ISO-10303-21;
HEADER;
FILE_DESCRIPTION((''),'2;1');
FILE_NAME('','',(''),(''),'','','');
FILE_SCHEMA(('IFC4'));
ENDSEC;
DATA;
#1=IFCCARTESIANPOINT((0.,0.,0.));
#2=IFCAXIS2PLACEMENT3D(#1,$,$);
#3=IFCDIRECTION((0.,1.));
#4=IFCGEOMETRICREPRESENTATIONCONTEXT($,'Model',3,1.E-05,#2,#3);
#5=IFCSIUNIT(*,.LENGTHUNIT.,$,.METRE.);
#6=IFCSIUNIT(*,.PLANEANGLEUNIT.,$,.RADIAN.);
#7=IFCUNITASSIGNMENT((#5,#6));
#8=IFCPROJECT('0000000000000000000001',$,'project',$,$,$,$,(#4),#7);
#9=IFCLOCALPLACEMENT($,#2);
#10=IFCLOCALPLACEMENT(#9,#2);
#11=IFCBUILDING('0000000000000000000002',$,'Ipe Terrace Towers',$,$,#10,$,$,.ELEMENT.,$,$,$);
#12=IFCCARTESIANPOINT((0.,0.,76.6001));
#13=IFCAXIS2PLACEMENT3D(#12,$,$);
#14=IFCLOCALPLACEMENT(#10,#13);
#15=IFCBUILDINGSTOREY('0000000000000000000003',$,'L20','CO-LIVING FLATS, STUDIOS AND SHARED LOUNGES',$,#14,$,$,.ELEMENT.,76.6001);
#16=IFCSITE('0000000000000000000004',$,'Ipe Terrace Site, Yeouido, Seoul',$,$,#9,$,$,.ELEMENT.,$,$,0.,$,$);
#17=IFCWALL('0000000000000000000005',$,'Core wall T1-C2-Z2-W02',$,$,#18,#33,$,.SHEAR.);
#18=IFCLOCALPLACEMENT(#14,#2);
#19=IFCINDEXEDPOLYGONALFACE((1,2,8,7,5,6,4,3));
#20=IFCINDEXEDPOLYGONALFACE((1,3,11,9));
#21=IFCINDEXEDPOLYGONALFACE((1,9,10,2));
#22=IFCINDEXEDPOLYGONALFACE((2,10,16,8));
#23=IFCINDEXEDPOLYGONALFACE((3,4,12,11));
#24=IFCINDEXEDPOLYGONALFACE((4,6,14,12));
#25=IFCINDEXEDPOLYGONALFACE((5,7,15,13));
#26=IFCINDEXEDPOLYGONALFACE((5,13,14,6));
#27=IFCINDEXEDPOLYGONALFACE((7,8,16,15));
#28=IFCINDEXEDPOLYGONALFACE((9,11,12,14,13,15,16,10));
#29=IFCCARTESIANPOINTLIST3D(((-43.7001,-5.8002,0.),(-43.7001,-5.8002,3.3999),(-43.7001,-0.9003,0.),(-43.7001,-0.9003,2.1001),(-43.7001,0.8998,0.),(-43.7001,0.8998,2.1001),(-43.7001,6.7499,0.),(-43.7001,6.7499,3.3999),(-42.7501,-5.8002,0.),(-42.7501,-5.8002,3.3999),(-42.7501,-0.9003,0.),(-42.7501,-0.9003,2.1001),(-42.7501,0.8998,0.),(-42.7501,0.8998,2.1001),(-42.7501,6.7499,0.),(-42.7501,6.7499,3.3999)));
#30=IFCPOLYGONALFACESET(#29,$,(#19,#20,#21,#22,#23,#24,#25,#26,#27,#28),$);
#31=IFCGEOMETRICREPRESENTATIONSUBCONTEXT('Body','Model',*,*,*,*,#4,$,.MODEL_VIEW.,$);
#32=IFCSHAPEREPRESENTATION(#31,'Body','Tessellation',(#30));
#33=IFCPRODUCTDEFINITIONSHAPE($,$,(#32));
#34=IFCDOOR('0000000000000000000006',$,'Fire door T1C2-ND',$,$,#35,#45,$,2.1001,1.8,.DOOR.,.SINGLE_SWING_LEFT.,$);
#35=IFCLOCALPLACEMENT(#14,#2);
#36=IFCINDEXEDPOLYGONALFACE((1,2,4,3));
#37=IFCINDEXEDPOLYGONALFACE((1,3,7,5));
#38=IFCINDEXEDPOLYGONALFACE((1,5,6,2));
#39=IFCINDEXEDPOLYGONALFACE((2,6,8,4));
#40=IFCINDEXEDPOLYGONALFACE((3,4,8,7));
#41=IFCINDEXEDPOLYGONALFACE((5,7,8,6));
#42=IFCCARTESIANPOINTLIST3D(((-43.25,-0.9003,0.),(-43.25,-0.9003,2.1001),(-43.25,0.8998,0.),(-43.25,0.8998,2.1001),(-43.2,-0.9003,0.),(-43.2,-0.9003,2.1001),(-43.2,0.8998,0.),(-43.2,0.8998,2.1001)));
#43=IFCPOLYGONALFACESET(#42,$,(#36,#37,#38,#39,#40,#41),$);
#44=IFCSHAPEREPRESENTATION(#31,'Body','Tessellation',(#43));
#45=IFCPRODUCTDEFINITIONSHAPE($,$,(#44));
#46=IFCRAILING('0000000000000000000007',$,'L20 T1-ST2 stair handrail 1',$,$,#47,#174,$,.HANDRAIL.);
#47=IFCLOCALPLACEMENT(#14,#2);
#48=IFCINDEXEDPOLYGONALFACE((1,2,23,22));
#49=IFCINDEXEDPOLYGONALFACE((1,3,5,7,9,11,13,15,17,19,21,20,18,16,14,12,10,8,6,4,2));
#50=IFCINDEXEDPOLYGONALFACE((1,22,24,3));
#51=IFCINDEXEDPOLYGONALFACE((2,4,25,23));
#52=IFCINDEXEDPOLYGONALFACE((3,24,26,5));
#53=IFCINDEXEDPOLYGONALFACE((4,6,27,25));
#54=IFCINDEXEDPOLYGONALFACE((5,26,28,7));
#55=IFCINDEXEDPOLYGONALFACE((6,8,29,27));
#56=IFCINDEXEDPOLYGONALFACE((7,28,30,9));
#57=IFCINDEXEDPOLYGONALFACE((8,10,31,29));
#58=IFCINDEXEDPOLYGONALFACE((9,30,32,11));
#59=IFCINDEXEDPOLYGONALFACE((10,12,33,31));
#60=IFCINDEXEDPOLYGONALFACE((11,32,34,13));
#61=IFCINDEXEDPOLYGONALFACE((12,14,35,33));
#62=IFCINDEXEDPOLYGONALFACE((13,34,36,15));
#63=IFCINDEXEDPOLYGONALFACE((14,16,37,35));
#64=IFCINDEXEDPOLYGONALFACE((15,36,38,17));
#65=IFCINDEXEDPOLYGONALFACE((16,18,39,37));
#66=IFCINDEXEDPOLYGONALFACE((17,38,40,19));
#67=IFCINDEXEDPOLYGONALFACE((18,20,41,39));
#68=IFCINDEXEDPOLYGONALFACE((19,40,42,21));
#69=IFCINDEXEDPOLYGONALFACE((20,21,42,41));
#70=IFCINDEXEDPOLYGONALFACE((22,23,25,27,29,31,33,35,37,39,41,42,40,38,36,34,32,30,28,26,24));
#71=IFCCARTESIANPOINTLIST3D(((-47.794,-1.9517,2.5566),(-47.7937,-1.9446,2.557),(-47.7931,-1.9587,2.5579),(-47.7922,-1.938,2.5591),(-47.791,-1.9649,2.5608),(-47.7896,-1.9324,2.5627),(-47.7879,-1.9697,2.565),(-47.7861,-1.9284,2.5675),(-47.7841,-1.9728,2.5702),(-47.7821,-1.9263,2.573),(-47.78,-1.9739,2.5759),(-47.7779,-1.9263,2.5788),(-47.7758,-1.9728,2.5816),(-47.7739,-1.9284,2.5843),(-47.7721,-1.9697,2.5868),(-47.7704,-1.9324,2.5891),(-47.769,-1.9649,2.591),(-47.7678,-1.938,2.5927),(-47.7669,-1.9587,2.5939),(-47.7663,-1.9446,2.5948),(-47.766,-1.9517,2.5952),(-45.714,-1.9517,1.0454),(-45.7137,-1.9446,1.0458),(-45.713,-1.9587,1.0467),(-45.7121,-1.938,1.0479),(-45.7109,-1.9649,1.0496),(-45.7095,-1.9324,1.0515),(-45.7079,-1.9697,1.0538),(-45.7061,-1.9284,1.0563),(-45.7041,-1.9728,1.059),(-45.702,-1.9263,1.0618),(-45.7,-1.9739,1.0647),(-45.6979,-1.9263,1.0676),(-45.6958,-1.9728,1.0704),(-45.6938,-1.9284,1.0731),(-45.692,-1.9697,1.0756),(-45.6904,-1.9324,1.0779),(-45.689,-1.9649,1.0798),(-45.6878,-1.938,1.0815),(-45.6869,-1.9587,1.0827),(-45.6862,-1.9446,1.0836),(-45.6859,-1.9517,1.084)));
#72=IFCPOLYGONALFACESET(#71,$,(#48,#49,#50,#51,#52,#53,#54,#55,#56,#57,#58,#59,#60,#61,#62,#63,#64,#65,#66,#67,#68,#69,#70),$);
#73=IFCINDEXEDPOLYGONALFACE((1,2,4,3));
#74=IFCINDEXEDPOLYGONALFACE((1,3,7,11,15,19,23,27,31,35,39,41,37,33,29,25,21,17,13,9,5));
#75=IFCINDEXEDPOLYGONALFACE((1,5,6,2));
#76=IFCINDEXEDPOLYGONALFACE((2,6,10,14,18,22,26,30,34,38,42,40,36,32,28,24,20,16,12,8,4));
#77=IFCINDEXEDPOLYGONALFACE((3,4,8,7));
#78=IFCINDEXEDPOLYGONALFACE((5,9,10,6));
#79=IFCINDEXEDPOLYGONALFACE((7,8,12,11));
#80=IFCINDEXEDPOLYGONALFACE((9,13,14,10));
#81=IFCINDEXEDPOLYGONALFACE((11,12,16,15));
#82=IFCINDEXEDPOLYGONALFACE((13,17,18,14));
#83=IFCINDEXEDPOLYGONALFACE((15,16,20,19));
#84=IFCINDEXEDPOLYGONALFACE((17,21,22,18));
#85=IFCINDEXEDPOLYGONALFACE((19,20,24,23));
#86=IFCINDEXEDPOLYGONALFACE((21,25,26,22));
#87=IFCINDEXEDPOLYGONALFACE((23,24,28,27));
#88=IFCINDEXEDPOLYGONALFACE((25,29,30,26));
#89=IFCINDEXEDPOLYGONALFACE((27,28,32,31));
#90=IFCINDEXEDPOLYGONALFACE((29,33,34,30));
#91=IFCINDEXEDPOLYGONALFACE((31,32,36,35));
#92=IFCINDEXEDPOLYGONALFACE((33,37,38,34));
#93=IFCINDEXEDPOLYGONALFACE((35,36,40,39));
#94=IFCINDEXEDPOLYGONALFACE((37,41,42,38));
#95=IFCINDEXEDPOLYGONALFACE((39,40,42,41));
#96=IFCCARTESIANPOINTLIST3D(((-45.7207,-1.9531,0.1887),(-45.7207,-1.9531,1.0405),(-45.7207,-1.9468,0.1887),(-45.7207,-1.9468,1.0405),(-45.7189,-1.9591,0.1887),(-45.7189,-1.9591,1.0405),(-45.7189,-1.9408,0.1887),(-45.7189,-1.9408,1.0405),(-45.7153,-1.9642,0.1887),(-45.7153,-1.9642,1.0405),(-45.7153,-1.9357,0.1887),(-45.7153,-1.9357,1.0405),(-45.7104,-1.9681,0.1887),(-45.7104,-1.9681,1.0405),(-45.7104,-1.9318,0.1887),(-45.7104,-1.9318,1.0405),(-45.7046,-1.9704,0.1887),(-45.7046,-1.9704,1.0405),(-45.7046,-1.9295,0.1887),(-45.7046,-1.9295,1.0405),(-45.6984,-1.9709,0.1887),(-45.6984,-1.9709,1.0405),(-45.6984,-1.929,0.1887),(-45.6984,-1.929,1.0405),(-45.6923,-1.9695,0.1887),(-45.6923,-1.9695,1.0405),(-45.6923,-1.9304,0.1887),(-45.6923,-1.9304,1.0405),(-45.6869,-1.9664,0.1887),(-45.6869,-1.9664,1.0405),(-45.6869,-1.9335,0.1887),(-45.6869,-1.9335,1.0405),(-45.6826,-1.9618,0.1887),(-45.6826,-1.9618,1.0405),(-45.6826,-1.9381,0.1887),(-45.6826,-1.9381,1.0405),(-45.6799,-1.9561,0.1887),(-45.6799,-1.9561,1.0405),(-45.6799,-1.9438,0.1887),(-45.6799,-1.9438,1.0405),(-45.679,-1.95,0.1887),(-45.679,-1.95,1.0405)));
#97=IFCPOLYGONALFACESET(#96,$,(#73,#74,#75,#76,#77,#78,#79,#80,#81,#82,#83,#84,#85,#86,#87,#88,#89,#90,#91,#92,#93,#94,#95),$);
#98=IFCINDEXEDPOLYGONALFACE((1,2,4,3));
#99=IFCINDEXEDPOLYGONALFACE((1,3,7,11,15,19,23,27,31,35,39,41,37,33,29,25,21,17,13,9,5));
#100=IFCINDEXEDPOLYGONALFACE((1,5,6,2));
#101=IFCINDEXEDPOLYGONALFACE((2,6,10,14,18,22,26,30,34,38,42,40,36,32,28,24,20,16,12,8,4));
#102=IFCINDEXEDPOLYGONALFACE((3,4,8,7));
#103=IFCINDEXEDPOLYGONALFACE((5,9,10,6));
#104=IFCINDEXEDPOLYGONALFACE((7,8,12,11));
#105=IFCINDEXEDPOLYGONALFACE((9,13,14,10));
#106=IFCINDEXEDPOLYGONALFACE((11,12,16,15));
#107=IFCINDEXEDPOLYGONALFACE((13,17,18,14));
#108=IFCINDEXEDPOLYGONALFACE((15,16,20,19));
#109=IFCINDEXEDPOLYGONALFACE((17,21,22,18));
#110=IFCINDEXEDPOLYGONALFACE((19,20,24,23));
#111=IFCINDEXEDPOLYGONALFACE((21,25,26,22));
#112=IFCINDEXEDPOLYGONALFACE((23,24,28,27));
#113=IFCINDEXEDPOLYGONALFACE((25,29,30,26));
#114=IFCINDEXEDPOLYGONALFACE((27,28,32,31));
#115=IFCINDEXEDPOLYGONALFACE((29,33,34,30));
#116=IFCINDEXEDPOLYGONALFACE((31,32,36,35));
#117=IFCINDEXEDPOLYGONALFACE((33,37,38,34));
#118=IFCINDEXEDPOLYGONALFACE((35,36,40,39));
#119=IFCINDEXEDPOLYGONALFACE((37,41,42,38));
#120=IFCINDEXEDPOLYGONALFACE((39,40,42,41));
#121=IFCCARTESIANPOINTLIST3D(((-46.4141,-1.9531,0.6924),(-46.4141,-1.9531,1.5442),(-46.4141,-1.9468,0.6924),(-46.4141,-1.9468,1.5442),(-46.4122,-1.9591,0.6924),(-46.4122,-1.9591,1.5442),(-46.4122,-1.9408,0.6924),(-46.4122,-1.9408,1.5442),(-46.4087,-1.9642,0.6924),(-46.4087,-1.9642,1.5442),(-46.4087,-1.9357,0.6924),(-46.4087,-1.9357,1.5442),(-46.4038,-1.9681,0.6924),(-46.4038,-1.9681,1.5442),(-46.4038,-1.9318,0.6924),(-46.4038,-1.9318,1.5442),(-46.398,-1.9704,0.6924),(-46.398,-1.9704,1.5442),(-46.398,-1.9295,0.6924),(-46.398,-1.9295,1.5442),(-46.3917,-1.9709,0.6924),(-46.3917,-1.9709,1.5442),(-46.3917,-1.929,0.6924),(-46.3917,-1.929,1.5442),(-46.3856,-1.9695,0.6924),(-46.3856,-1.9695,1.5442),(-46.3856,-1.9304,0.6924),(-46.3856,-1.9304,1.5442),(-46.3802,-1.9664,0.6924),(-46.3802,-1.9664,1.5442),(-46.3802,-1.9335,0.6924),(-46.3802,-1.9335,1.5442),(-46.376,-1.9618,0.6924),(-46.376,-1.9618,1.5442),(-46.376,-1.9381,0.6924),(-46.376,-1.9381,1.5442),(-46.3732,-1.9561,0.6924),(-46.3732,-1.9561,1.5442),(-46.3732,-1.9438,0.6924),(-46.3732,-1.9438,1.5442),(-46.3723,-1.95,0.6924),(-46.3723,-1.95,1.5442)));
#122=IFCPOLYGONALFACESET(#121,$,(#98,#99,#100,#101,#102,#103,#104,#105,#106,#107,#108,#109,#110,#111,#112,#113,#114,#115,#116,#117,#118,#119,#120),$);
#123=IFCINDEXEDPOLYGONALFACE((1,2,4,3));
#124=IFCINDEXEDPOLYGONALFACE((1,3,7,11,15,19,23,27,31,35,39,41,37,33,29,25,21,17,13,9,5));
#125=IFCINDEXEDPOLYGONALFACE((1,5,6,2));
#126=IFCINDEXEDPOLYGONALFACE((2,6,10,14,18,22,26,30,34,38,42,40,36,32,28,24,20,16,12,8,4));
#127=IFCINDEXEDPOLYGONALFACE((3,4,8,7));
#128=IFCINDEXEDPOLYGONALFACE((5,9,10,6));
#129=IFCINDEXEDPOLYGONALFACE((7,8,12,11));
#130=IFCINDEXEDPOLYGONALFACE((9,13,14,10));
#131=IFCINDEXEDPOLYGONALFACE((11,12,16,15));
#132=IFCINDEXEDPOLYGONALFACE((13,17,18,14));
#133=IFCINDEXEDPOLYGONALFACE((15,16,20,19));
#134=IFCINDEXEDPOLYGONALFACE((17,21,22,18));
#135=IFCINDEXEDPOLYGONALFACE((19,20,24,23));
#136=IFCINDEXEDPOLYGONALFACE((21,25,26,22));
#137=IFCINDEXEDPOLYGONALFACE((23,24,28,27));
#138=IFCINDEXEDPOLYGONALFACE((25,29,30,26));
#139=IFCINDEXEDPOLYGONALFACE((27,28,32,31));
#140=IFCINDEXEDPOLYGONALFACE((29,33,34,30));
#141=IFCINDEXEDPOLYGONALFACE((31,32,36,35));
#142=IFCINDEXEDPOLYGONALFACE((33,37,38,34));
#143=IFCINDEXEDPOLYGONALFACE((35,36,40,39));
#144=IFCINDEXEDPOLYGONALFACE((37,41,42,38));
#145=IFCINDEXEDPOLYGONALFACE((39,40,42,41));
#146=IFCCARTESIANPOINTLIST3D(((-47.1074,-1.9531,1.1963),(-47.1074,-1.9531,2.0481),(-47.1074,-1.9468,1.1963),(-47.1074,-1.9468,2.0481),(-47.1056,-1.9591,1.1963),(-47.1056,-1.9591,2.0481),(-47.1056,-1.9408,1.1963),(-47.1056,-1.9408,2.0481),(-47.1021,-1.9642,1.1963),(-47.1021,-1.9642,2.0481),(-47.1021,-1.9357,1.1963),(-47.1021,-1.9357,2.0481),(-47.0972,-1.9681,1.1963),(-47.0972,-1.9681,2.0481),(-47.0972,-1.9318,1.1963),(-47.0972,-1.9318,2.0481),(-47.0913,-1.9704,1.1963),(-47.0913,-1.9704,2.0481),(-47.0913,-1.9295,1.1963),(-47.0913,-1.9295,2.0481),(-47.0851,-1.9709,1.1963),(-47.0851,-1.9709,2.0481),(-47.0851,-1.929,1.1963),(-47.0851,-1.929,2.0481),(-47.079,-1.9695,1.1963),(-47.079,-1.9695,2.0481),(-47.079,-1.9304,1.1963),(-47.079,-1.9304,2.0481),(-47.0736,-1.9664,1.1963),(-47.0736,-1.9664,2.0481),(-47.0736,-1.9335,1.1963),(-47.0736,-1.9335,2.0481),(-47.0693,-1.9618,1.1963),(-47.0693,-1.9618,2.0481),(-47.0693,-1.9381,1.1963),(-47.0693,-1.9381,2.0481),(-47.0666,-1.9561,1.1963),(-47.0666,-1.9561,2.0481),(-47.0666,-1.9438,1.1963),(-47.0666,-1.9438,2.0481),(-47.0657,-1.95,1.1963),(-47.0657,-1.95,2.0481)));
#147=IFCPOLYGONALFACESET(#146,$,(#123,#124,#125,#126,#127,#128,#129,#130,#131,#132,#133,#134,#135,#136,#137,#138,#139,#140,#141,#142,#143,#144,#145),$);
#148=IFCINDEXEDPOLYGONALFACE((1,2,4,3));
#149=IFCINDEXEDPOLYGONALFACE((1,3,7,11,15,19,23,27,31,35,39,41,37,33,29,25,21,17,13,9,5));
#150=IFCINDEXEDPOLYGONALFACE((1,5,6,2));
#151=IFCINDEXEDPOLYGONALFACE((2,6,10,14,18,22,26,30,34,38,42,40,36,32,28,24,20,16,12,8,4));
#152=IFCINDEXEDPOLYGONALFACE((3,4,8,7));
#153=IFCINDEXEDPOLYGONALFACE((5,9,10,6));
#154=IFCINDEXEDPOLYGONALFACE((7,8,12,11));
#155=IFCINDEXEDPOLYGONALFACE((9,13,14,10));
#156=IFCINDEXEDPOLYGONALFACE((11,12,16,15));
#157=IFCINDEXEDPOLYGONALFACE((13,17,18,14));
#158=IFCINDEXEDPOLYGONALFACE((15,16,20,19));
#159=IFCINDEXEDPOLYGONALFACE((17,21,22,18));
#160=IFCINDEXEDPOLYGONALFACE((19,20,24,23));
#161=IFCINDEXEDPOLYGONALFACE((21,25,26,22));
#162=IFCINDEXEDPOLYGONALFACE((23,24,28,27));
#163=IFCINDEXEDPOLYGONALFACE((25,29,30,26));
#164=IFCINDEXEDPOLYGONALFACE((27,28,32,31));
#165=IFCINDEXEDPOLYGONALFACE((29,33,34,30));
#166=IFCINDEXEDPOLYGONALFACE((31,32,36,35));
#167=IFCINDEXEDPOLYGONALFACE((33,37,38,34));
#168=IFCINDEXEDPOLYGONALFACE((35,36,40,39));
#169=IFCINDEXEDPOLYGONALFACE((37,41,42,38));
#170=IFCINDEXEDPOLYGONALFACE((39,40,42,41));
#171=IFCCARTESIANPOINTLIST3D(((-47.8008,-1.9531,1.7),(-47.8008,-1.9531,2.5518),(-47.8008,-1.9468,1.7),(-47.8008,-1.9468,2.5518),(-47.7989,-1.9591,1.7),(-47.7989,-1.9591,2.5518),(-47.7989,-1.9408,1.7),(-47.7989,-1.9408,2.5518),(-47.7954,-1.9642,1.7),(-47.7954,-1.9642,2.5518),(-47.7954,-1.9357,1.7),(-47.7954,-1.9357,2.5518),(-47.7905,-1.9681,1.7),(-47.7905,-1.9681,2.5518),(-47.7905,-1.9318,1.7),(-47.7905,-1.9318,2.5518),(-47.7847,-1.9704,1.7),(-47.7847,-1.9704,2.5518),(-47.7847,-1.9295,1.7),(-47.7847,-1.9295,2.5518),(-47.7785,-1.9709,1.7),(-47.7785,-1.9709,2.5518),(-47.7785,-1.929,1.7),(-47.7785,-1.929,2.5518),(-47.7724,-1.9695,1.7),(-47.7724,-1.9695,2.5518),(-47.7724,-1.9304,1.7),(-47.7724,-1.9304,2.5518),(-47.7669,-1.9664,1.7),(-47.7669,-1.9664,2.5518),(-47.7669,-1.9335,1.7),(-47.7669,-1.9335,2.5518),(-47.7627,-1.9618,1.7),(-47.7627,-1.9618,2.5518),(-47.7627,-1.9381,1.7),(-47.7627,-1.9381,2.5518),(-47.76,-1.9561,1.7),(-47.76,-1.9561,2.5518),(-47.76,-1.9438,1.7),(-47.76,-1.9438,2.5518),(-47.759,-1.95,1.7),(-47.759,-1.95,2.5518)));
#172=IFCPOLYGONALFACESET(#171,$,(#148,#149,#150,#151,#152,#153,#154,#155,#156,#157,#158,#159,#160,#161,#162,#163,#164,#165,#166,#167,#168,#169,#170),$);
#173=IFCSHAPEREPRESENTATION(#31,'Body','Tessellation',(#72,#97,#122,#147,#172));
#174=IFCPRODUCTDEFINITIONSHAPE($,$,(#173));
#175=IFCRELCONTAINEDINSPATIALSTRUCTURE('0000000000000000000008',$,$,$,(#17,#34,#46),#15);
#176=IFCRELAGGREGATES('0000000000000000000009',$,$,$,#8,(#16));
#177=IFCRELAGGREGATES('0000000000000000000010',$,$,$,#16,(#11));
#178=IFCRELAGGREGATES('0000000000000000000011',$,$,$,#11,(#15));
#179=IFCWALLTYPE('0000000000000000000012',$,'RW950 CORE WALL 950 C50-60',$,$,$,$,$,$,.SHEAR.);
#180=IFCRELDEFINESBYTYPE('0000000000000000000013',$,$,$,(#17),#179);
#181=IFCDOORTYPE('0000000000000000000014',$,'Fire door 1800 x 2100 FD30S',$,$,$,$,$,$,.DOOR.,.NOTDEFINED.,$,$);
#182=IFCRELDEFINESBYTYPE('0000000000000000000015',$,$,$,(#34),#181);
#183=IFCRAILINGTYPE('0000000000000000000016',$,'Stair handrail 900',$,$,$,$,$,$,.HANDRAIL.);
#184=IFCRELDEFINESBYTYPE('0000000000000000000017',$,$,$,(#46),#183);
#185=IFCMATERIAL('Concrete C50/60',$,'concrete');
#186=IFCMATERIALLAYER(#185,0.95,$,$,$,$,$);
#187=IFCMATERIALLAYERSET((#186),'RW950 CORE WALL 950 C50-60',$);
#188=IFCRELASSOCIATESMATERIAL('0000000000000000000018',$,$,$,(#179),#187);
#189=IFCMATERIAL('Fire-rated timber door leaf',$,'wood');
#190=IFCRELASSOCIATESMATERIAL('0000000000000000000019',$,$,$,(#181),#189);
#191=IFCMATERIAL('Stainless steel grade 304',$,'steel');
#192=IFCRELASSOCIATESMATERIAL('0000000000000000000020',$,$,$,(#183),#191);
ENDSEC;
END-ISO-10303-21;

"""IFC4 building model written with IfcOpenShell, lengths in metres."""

from ifc_helpers import new_model, si_unit, direction, frame, frame_2d, origin, origin_2d, place, context, subcontext, project, spatial, rectangle, circle, extrude, material, layer, layer_set, type_object, element, fill, save


model = new_model("IFC4")

# Units and contexts
model_context = context("Model", 3, precision=1e-05, world=origin(), true_north=direction((0.0, 1.0)))
body_context = subcontext(model_context, "Body", "Model", "MODEL_VIEW")
ifc_project = project(units=[si_unit("LENGTHUNIT", "METRE"), si_unit("PLANEANGLEUNIT", "RADIAN")], contexts=[model_context])

# Site, building, storey
site_placement = place(None, origin())
site = spatial("IfcSite", under=ifc_project, at=site_placement, Name="Ipe Terrace Site, Yeouido, Seoul", CompositionType="ELEMENT", RefElevation=0.0)
building_placement = place(site_placement, origin())
building = spatial("IfcBuilding", under=site, at=building_placement, Name="Ipe Terrace Towers", CompositionType="ELEMENT")
storey_placement = place(building_placement, frame((0.0, 0.0, 76.6001)))
storey = spatial("IfcBuildingStorey", under=building, at=storey_placement, Name="L20", Description="CO-LIVING FLATS, STUDIOS AND SHARED LOUNGES", CompositionType="ELEMENT", Elevation=76.6001)

# Wall, opening, door
ifc_material_1 = material(Name="Concrete C50/60", Category="concrete")
ifc_layer_1 = layer(ifc_material_1, 0.95)
ifc_layer_set_1 = layer_set([ifc_layer_1], Name="RW950 CORE WALL 950 C50-60")
wall_type_1 = type_object("IfcWallType", Name="RW950 CORE WALL 950 C50-60", PredefinedType="SHEAR", material=ifc_layer_set_1)
wall_1_placement = place(storey_placement, frame((-43.2251, -5.8, 0.0), z_axis=(0.0, 0.0, 1.0), x_axis=(0.0, 1.0, 0.0)))
wall_1 = element("IfcWall", 1, at=wall_1_placement, inside=storey, type_object=wall_type_1, Name="Core wall T1-C2-Z2-W02", PredefinedType="SHEAR", context=body_context, shape_type="SweptSolid", body=[
    extrude(rectangle(XDim=12.55, YDim=0.95, at=frame_2d((6.2749, 0.0))), origin(), (0.0, 0.0, 1.0), 3.3999),
])
opening_placement = place(wall_1_placement, frame((4.8999, 0.0, 0.0)))
opening = element("IfcOpeningElement", 2, at=opening_placement, cuts=wall_1, PredefinedType="OPENING", context=body_context, shape_type="SweptSolid", body=[
    extrude(rectangle(XDim=1.8, YDim=2.1001, at=frame_2d((0.8999, 1.05))), frame((0.0, 0.4849, 0.0), z_axis=(0.0, -1.0, 0.0), x_axis=(1.0, 0.0, 0.0)), (0.0, 0.0, 1.0), 0.97),
])
ifc_material_2 = material(Name="Fire-rated timber door leaf", Category="wood")
door_type = type_object("IfcDoorType", Name="Fire door 1800 x 2100 FD30S", OperationType="NOTDEFINED", PredefinedType="DOOR", material=ifc_material_2)
door_placement = place(opening_placement, origin())
door = element("IfcDoor", 3, at=door_placement, inside=storey, type_object=door_type, Name="Fire door T1C2-ND", OperationType="SINGLE_SWING_LEFT", OverallHeight=2.1001, OverallWidth=1.8, PredefinedType="DOOR", context=body_context, shape_type="SweptSolid", body=[
    extrude(rectangle(XDim=1.8, YDim=2.1001, at=frame_2d((0.8999, 1.05))), frame((0.0, 0.0249, 0.0), z_axis=(0.0, -1.0, 0.0), x_axis=(1.0, 0.0, 0.0)), (0.0, 0.0, 1.0), 0.05),
])
fill(opening, door)

# Railing
ifc_material_3 = material(Name="Stainless steel grade 304", Category="steel")
railing_type_1 = type_object("IfcRailingType", Name="Stair handrail 900", PredefinedType="HANDRAIL", material=ifc_material_3)
railing_1_placement = place(storey_placement, frame((-45.7, -1.95, 0.1887)))
element("IfcRailing", 4, at=railing_1_placement, inside=storey, type_object=railing_type_1, Name="L20 T1-ST2 stair handrail 1", PredefinedType="HANDRAIL", context=body_context, shape_type="SweptSolid", body=[
    extrude(circle(Radius=0.0239, at=origin_2d()), frame((0.0, 0.0, 0.876), z_axis=(-0.809023, 0.0, 0.587776), x_axis=(0.0, -1.0, 0.0)), (0.0, 0.0, 1.0), 2.571),
    extrude(circle(Radius=0.021, at=origin_2d()), origin(), (0.0, 0.0, 1.0), 0.8518),
    extrude(circle(Radius=0.021, at=origin_2d()), frame((-0.6934, 0.0, 0.5037)), (0.0, 0.0, 1.0), 0.8518),
    extrude(circle(Radius=0.021, at=origin_2d()), frame((-1.3867, 0.0, 1.0076)), (0.0, 0.0, 1.0), 0.8518),
    extrude(circle(Radius=0.021, at=origin_2d()), frame((-2.0801, 0.0, 1.5112)), (0.0, 0.0, 1.0), 0.8518),
])

save(model, "model.ifc")
